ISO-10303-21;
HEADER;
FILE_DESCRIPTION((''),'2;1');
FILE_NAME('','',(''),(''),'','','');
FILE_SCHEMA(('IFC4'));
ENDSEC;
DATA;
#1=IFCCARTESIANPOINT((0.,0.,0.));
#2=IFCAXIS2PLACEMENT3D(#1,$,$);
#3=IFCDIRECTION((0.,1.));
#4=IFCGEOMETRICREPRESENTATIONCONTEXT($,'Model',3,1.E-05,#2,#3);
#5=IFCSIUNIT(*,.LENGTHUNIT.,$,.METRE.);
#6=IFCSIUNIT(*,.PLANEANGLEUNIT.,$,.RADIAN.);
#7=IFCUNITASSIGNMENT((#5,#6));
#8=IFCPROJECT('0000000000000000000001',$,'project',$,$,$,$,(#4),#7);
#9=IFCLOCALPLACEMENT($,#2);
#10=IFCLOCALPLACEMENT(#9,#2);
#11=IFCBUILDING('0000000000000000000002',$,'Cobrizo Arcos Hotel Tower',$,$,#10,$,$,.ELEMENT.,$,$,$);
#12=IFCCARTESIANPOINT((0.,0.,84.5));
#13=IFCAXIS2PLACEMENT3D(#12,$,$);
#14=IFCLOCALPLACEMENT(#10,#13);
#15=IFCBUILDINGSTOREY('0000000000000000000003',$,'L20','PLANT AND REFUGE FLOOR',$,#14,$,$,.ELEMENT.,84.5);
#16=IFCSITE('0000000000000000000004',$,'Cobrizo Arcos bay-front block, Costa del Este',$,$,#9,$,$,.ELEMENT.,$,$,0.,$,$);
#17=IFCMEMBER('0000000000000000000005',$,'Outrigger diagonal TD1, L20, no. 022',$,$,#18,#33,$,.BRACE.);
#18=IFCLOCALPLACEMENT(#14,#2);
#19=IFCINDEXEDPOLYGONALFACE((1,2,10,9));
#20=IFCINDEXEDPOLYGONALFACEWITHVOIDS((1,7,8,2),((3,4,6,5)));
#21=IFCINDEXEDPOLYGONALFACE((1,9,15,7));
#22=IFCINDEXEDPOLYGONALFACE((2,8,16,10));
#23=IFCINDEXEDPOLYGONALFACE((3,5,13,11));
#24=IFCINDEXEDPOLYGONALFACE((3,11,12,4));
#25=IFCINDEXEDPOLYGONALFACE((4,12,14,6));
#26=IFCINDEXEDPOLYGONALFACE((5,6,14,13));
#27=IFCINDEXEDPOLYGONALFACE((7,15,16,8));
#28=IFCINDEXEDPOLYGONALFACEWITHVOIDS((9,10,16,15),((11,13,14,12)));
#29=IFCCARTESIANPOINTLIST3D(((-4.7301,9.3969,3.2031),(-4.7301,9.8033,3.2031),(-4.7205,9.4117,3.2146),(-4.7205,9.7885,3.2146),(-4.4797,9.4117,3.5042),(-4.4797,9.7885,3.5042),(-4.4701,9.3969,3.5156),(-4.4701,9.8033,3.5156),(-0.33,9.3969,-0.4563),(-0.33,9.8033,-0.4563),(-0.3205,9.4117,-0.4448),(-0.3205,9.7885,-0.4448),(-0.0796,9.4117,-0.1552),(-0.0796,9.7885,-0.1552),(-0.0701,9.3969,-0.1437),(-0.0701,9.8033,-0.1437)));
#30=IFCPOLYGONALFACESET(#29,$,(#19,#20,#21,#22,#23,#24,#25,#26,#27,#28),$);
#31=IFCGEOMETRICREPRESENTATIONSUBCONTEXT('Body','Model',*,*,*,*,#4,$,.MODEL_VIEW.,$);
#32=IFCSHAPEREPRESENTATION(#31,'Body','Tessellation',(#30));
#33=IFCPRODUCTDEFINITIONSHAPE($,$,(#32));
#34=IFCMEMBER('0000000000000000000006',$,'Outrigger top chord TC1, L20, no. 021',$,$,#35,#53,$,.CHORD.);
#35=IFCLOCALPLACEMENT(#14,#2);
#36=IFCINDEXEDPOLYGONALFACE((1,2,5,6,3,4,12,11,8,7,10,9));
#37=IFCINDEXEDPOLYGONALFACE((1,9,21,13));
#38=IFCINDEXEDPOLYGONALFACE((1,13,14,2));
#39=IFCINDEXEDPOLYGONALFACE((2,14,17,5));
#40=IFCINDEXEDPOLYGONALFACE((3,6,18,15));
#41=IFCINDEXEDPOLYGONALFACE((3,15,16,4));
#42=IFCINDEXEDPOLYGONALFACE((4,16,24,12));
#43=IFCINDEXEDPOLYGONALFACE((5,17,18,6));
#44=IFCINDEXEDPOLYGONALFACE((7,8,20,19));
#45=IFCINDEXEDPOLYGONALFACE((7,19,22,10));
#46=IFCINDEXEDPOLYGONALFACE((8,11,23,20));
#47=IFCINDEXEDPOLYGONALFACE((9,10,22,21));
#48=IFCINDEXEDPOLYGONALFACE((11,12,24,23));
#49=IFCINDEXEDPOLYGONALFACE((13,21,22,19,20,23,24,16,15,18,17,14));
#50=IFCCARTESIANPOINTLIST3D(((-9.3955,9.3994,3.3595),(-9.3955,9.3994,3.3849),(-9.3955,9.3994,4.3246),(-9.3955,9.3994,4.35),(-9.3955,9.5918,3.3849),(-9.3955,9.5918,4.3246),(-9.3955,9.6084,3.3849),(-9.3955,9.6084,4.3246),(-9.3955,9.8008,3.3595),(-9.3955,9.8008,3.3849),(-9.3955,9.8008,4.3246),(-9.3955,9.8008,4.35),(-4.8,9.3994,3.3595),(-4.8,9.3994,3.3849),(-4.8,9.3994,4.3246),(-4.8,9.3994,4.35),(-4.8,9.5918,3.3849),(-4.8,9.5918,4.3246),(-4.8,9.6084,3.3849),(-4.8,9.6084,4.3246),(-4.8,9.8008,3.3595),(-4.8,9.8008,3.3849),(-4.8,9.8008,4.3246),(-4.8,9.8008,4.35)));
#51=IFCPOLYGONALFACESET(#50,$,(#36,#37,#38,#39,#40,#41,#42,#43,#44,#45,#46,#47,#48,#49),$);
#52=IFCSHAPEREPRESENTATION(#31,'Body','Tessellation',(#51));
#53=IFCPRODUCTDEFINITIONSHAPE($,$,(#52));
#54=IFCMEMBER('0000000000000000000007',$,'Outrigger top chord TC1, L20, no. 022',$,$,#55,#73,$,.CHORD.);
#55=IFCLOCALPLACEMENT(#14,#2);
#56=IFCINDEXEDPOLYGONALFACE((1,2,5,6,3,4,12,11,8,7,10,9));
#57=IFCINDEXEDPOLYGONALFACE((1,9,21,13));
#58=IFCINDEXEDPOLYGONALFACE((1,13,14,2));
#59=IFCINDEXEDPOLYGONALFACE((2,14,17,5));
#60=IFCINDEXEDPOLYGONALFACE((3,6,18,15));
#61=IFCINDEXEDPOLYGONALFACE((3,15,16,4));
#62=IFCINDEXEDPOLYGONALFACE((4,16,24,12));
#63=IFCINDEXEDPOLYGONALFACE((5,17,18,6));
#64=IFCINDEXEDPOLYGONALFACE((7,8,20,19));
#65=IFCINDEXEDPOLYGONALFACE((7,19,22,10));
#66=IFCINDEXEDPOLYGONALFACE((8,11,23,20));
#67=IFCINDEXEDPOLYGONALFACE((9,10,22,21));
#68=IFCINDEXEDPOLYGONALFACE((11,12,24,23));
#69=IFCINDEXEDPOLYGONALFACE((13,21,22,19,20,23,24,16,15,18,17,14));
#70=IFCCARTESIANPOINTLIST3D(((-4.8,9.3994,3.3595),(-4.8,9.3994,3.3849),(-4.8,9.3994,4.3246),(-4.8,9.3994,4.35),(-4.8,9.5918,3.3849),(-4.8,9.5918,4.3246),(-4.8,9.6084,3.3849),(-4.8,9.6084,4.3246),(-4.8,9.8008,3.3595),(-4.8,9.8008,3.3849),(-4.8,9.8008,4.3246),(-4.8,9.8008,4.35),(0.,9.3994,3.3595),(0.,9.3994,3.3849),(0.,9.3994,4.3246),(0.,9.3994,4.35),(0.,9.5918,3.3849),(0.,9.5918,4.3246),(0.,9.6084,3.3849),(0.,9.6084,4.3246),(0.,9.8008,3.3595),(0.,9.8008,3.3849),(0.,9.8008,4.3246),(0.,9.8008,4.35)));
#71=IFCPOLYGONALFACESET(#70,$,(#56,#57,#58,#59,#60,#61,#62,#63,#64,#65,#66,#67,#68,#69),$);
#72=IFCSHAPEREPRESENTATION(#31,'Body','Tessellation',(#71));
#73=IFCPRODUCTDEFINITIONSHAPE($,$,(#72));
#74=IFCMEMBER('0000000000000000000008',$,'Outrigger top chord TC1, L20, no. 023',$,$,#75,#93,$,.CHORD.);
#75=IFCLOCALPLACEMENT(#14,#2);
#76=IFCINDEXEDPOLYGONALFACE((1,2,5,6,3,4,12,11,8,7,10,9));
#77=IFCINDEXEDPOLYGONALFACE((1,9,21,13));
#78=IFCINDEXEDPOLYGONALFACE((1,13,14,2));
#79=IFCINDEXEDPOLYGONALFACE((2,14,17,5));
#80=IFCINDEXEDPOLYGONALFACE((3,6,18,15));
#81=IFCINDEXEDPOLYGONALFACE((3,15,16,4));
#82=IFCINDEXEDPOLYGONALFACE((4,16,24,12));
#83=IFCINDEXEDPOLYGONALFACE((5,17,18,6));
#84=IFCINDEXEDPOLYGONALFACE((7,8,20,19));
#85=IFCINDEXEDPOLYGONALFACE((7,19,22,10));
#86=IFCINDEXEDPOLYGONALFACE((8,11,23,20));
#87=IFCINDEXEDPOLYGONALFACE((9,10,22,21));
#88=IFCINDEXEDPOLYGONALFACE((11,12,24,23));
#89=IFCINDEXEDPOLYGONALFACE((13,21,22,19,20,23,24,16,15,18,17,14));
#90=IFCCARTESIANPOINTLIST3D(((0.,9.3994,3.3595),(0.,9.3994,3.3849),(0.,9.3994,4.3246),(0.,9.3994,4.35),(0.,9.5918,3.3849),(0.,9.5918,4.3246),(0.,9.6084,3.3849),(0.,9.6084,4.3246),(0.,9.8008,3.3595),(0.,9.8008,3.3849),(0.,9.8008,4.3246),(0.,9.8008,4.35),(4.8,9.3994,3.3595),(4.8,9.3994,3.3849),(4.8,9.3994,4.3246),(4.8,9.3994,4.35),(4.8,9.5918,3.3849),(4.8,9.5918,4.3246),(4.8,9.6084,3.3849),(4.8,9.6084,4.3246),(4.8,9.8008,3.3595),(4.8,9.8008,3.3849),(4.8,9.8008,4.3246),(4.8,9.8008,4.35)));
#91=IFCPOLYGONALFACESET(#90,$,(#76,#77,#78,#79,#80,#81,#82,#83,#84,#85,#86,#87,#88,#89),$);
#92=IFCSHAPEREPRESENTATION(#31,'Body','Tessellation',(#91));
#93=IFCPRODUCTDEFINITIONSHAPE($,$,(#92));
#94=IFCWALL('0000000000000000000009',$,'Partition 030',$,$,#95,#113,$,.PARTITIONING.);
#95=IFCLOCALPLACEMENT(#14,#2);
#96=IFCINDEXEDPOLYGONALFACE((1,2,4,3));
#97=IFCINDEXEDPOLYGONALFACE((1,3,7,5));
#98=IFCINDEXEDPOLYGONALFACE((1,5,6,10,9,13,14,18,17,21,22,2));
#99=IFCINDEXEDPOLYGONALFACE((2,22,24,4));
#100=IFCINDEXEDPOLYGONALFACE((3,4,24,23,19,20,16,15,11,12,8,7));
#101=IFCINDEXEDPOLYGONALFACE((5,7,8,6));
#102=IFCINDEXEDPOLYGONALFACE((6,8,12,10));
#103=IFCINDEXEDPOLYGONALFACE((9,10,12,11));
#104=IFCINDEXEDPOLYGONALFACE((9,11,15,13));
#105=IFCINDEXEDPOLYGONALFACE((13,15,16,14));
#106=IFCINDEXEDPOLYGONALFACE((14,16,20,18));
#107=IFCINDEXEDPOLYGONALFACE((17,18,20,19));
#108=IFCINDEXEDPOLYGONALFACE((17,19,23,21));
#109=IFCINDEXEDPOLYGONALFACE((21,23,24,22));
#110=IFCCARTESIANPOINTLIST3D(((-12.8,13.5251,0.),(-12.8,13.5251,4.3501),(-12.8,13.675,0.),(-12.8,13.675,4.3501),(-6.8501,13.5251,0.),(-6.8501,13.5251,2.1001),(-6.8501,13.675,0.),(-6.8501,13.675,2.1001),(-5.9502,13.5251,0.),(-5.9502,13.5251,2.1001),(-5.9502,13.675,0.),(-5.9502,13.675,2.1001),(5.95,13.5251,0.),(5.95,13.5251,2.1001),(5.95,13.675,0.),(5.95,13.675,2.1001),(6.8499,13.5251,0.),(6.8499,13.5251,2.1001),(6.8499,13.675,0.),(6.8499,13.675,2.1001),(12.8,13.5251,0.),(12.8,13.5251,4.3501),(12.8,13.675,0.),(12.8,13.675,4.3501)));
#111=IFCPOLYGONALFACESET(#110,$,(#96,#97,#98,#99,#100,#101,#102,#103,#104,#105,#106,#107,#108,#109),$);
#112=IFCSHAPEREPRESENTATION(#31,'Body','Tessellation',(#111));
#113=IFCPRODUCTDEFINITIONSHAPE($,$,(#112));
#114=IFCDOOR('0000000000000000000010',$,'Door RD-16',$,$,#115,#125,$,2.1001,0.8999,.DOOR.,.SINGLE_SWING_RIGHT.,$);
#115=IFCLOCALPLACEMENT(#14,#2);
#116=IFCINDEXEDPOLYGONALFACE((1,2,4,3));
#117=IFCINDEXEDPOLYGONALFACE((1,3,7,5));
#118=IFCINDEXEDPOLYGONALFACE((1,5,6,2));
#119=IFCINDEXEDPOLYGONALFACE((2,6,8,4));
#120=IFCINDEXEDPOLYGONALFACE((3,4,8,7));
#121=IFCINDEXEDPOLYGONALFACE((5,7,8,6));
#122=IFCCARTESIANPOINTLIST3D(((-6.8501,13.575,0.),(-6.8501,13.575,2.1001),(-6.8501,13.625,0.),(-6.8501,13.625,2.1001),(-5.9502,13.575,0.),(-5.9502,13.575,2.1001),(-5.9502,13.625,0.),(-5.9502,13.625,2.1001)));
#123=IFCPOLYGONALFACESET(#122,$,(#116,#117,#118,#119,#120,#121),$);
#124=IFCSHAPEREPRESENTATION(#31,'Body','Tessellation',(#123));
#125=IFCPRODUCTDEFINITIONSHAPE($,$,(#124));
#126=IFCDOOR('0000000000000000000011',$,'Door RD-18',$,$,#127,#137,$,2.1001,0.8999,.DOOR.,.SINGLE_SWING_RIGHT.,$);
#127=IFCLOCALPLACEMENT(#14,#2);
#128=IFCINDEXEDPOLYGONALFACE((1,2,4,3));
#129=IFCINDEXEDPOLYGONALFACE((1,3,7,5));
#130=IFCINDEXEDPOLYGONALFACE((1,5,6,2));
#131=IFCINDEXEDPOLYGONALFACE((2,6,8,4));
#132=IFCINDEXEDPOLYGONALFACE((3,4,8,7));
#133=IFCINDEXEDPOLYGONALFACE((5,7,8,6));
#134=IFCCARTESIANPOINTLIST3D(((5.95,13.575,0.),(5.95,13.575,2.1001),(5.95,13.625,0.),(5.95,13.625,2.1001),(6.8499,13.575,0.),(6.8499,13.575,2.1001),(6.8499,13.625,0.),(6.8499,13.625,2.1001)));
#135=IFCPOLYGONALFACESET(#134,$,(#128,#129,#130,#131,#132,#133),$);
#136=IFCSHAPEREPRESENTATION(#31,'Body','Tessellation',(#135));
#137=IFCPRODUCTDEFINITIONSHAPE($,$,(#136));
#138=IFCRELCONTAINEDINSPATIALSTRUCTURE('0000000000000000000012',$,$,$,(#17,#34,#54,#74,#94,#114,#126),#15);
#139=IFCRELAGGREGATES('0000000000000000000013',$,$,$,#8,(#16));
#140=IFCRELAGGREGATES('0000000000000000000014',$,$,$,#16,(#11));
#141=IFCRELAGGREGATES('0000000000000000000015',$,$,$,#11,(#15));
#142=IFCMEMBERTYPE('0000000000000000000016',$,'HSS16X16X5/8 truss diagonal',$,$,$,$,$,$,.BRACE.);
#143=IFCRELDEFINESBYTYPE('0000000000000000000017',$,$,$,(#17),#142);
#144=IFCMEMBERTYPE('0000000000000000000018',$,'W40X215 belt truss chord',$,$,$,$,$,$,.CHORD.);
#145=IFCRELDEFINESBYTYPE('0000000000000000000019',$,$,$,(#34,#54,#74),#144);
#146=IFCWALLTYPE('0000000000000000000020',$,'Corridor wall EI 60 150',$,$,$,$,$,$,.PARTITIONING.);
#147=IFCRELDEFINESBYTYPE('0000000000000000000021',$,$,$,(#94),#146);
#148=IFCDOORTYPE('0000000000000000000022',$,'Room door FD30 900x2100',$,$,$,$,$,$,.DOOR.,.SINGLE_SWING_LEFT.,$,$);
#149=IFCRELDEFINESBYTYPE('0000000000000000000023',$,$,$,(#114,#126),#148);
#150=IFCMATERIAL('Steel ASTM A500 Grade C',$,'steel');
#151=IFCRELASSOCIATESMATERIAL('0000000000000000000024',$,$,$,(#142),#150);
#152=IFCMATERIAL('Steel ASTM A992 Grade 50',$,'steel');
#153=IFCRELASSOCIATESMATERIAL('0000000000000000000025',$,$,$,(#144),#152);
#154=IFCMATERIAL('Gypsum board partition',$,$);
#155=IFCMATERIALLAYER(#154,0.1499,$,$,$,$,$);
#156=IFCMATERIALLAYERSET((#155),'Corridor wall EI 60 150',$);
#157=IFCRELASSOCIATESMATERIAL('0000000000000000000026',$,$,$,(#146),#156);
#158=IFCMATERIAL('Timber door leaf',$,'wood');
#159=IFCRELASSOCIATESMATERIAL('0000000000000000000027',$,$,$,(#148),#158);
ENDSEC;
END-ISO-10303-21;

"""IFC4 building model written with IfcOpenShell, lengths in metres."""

from ifc_helpers import new_model, si_unit, direction, frame, frame_2d, origin, origin_2d, place, context, subcontext, project, spatial, rectangle, hollow_rectangle, i_section, extrude, material, layer, layer_set, material_profile, profile_set, type_object, element, fill, save


model = new_model("IFC4")

# Units and contexts
model_context = context("Model", 3, precision=1e-05, world=origin(), true_north=direction((0.0, 1.0)))
body_context = subcontext(model_context, "Body", "Model", "MODEL_VIEW")
ifc_project = project(units=[si_unit("LENGTHUNIT", "METRE"), si_unit("PLANEANGLEUNIT", "RADIAN")], contexts=[model_context])

# Site, building, storey
site_placement = place(None, origin())
site = spatial("IfcSite", under=ifc_project, at=site_placement, Name="Cobrizo Arcos bay-front block, Costa del Este", CompositionType="ELEMENT", RefElevation=0.0)
building_placement = place(site_placement, origin())
building = spatial("IfcBuilding", under=site, at=building_placement, Name="Cobrizo Arcos Hotel Tower", CompositionType="ELEMENT")
storey_placement = place(building_placement, frame((0.0, 0.0, 84.5)))
storey = spatial("IfcBuildingStorey", under=building, at=storey_placement, Name="L20", Description="PLANT AND REFUGE FLOOR", CompositionType="ELEMENT", Elevation=84.5)

# Members
ifc_material_1 = material(Name="Steel ASTM A500 Grade C", Category="steel")
ifc_material_profile_1 = material_profile(ifc_material_1, hollow_rectangle(XDim=0.4065, YDim=0.4065, WallThickness=0.0149, at=origin_2d()), Name="HSS16X16X5/8")
ifc_profile_set_1 = profile_set([ifc_material_profile_1], Name="Steel ASTM A500 Grade C")
member_type_1 = type_object("IfcMemberType", Name="HSS16X16X5/8 truss diagonal", PredefinedType="BRACE", material=ifc_profile_set_1)
member_1_placement = place(storey_placement, frame((-4.6001, 9.6001, 3.3594), z_axis=(0.768854, 0.0, -0.639425), x_axis=(0.0, 1.0, 0.0)))
element("IfcMember", 1, at=member_1_placement, inside=storey, type_object=member_type_1, Name="Outrigger diagonal TD1, L20, no. 022", PredefinedType="BRACE", context=body_context, shape_type="SweptSolid", body=[
    extrude(hollow_rectangle(XDim=0.4065, YDim=0.4065, WallThickness=0.0149, at=origin_2d()), origin(), (0.0, 0.0, 1.0), 5.7229),
])
ifc_material_2 = material(Name="Steel ASTM A992 Grade 50", Category="steel")
ifc_material_profile_2 = material_profile(ifc_material_2, i_section(OverallWidth=0.4014, OverallDepth=0.9905, WebThickness=0.0166, FlangeThickness=0.0254, at=origin_2d()), Name="W40X215")
ifc_profile_set_2 = profile_set([ifc_material_profile_2], Name="Steel ASTM A992 Grade 50")
member_type_2 = type_object("IfcMemberType", Name="W40X215 belt truss chord", PredefinedType="CHORD", material=ifc_profile_set_2)
member_2_placement = place(storey_placement, frame((-9.3955, 9.6001, 3.8547), z_axis=(1.0, 0.0, 0.0), x_axis=(0.0, 1.0, 0.0)))
element("IfcMember", 2, at=member_2_placement, inside=storey, type_object=member_type_2, Name="Outrigger top chord TC1, L20, no. 021", PredefinedType="CHORD", context=body_context, shape_type="SweptSolid", body=[
    extrude(i_section(OverallWidth=0.4014, OverallDepth=0.9905, WebThickness=0.0166, FlangeThickness=0.0254, at=origin_2d()), origin(), (0.0, 0.0, 1.0), 4.5955),
])
for number, where, z_axis, x_axis, name in (
    (3, (-4.8, 9.6001, 3.8547), (1.0, 0.0, 0.0), (0.0, 1.0, 0.0), "Outrigger top chord TC1, L20, no. 022"),
    (4, (0.0, 9.6001, 3.8547), (1.0, 0.0, 0.0), (0.0, 1.0, 0.0), "Outrigger top chord TC1, L20, no. 023"),
):
    element("IfcMember", number, at=place(storey_placement, frame(where, z_axis=z_axis, x_axis=x_axis)), inside=storey, type_object=member_type_2, Name=name, PredefinedType="CHORD", context=body_context, shape_type="SweptSolid", body=[
        extrude(i_section(OverallWidth=0.4014, OverallDepth=0.9905, WebThickness=0.0166, FlangeThickness=0.0254, at=origin_2d()), origin(), (0.0, 0.0, 1.0), 4.8),
    ])

# Wall, openings, doors
ifc_material_3 = material(Name="Gypsum board partition")
ifc_layer = layer(ifc_material_3, 0.1499)
ifc_layer_set = layer_set([ifc_layer], Name="Corridor wall EI 60 150")
wall_type = type_object("IfcWallType", Name="Corridor wall EI 60 150", PredefinedType="PARTITIONING", material=ifc_layer_set)
wall_1_placement = place(storey_placement, frame((-12.8, 13.6001, 0.0), z_axis=(0.0, 0.0, 1.0), x_axis=(1.0, 0.0, 0.0)))
wall_1 = element("IfcWall", 5, at=wall_1_placement, inside=storey, type_object=wall_type, Name="Partition 030", PredefinedType="PARTITIONING", context=body_context, shape_type="SweptSolid", body=[
    extrude(rectangle(XDim=25.6001, YDim=0.1499, at=frame_2d((12.8, 0.0))), origin(), (0.0, 0.0, 1.0), 4.3501),
])
opening_1_placement = place(wall_1_placement, frame((5.95, 0.0, 0.0)))
opening_1 = element("IfcOpeningElement", 6, at=opening_1_placement, cuts=wall_1, PredefinedType="OPENING", context=body_context, shape_type="SweptSolid", body=[
    extrude(rectangle(XDim=0.8999, YDim=2.1001, at=frame_2d((0.45, 1.05))), frame((0.0, 0.0869, 0.0), z_axis=(0.0, -1.0, 0.0), x_axis=(1.0, 0.0, 0.0)), (0.0, 0.0, 1.0), 0.1738),
])
opening_2_placement = place(wall_1_placement, frame((18.75, 0.0, 0.0)))
opening_2 = element("IfcOpeningElement", 7, at=opening_2_placement, cuts=wall_1, PredefinedType="OPENING", context=body_context, shape_type="SweptSolid", body=[
    extrude(rectangle(XDim=0.8999, YDim=2.1001, at=frame_2d((0.45, 1.05))), frame((0.0, 0.0869, 0.0), z_axis=(0.0, -1.0, 0.0), x_axis=(1.0, 0.0, 0.0)), (0.0, 0.0, 1.0), 0.1738),
])
ifc_material_4 = material(Name="Timber door leaf", Category="wood")
door_type_1 = type_object("IfcDoorType", Name="Room door FD30 900x2100", OperationType="SINGLE_SWING_LEFT", PredefinedType="DOOR", material=ifc_material_4)
door_1_placement = place(opening_1_placement, origin())
door_1 = element("IfcDoor", 8, at=door_1_placement, inside=storey, type_object=door_type_1, Name="Door RD-16", OperationType="SINGLE_SWING_RIGHT", OverallHeight=2.1001, OverallWidth=0.8999, PredefinedType="DOOR", context=body_context, shape_type="SweptSolid", body=[
    extrude(rectangle(XDim=0.8999, YDim=2.1001, at=frame_2d((0.45, 1.05))), frame((0.0, 0.0249, 0.0), z_axis=(0.0, -1.0, 0.0), x_axis=(1.0, 0.0, 0.0)), (0.0, 0.0, 1.0), 0.05),
])
fill(opening_1, door_1)
door_2_placement = place(opening_2_placement, origin())
door_2 = element("IfcDoor", 9, at=door_2_placement, inside=storey, type_object=door_type_1, Name="Door RD-18", OperationType="SINGLE_SWING_RIGHT", OverallHeight=2.1001, OverallWidth=0.8999, PredefinedType="DOOR", context=body_context, shape_type="SweptSolid", body=[
    extrude(rectangle(XDim=0.8999, YDim=2.1001, at=frame_2d((0.45, 1.05))), frame((0.0, 0.0249, 0.0), z_axis=(0.0, -1.0, 0.0), x_axis=(1.0, 0.0, 0.0)), (0.0, 0.0, 1.0), 0.05),
])
fill(opening_2, door_2)

save(model, "model.ifc")
